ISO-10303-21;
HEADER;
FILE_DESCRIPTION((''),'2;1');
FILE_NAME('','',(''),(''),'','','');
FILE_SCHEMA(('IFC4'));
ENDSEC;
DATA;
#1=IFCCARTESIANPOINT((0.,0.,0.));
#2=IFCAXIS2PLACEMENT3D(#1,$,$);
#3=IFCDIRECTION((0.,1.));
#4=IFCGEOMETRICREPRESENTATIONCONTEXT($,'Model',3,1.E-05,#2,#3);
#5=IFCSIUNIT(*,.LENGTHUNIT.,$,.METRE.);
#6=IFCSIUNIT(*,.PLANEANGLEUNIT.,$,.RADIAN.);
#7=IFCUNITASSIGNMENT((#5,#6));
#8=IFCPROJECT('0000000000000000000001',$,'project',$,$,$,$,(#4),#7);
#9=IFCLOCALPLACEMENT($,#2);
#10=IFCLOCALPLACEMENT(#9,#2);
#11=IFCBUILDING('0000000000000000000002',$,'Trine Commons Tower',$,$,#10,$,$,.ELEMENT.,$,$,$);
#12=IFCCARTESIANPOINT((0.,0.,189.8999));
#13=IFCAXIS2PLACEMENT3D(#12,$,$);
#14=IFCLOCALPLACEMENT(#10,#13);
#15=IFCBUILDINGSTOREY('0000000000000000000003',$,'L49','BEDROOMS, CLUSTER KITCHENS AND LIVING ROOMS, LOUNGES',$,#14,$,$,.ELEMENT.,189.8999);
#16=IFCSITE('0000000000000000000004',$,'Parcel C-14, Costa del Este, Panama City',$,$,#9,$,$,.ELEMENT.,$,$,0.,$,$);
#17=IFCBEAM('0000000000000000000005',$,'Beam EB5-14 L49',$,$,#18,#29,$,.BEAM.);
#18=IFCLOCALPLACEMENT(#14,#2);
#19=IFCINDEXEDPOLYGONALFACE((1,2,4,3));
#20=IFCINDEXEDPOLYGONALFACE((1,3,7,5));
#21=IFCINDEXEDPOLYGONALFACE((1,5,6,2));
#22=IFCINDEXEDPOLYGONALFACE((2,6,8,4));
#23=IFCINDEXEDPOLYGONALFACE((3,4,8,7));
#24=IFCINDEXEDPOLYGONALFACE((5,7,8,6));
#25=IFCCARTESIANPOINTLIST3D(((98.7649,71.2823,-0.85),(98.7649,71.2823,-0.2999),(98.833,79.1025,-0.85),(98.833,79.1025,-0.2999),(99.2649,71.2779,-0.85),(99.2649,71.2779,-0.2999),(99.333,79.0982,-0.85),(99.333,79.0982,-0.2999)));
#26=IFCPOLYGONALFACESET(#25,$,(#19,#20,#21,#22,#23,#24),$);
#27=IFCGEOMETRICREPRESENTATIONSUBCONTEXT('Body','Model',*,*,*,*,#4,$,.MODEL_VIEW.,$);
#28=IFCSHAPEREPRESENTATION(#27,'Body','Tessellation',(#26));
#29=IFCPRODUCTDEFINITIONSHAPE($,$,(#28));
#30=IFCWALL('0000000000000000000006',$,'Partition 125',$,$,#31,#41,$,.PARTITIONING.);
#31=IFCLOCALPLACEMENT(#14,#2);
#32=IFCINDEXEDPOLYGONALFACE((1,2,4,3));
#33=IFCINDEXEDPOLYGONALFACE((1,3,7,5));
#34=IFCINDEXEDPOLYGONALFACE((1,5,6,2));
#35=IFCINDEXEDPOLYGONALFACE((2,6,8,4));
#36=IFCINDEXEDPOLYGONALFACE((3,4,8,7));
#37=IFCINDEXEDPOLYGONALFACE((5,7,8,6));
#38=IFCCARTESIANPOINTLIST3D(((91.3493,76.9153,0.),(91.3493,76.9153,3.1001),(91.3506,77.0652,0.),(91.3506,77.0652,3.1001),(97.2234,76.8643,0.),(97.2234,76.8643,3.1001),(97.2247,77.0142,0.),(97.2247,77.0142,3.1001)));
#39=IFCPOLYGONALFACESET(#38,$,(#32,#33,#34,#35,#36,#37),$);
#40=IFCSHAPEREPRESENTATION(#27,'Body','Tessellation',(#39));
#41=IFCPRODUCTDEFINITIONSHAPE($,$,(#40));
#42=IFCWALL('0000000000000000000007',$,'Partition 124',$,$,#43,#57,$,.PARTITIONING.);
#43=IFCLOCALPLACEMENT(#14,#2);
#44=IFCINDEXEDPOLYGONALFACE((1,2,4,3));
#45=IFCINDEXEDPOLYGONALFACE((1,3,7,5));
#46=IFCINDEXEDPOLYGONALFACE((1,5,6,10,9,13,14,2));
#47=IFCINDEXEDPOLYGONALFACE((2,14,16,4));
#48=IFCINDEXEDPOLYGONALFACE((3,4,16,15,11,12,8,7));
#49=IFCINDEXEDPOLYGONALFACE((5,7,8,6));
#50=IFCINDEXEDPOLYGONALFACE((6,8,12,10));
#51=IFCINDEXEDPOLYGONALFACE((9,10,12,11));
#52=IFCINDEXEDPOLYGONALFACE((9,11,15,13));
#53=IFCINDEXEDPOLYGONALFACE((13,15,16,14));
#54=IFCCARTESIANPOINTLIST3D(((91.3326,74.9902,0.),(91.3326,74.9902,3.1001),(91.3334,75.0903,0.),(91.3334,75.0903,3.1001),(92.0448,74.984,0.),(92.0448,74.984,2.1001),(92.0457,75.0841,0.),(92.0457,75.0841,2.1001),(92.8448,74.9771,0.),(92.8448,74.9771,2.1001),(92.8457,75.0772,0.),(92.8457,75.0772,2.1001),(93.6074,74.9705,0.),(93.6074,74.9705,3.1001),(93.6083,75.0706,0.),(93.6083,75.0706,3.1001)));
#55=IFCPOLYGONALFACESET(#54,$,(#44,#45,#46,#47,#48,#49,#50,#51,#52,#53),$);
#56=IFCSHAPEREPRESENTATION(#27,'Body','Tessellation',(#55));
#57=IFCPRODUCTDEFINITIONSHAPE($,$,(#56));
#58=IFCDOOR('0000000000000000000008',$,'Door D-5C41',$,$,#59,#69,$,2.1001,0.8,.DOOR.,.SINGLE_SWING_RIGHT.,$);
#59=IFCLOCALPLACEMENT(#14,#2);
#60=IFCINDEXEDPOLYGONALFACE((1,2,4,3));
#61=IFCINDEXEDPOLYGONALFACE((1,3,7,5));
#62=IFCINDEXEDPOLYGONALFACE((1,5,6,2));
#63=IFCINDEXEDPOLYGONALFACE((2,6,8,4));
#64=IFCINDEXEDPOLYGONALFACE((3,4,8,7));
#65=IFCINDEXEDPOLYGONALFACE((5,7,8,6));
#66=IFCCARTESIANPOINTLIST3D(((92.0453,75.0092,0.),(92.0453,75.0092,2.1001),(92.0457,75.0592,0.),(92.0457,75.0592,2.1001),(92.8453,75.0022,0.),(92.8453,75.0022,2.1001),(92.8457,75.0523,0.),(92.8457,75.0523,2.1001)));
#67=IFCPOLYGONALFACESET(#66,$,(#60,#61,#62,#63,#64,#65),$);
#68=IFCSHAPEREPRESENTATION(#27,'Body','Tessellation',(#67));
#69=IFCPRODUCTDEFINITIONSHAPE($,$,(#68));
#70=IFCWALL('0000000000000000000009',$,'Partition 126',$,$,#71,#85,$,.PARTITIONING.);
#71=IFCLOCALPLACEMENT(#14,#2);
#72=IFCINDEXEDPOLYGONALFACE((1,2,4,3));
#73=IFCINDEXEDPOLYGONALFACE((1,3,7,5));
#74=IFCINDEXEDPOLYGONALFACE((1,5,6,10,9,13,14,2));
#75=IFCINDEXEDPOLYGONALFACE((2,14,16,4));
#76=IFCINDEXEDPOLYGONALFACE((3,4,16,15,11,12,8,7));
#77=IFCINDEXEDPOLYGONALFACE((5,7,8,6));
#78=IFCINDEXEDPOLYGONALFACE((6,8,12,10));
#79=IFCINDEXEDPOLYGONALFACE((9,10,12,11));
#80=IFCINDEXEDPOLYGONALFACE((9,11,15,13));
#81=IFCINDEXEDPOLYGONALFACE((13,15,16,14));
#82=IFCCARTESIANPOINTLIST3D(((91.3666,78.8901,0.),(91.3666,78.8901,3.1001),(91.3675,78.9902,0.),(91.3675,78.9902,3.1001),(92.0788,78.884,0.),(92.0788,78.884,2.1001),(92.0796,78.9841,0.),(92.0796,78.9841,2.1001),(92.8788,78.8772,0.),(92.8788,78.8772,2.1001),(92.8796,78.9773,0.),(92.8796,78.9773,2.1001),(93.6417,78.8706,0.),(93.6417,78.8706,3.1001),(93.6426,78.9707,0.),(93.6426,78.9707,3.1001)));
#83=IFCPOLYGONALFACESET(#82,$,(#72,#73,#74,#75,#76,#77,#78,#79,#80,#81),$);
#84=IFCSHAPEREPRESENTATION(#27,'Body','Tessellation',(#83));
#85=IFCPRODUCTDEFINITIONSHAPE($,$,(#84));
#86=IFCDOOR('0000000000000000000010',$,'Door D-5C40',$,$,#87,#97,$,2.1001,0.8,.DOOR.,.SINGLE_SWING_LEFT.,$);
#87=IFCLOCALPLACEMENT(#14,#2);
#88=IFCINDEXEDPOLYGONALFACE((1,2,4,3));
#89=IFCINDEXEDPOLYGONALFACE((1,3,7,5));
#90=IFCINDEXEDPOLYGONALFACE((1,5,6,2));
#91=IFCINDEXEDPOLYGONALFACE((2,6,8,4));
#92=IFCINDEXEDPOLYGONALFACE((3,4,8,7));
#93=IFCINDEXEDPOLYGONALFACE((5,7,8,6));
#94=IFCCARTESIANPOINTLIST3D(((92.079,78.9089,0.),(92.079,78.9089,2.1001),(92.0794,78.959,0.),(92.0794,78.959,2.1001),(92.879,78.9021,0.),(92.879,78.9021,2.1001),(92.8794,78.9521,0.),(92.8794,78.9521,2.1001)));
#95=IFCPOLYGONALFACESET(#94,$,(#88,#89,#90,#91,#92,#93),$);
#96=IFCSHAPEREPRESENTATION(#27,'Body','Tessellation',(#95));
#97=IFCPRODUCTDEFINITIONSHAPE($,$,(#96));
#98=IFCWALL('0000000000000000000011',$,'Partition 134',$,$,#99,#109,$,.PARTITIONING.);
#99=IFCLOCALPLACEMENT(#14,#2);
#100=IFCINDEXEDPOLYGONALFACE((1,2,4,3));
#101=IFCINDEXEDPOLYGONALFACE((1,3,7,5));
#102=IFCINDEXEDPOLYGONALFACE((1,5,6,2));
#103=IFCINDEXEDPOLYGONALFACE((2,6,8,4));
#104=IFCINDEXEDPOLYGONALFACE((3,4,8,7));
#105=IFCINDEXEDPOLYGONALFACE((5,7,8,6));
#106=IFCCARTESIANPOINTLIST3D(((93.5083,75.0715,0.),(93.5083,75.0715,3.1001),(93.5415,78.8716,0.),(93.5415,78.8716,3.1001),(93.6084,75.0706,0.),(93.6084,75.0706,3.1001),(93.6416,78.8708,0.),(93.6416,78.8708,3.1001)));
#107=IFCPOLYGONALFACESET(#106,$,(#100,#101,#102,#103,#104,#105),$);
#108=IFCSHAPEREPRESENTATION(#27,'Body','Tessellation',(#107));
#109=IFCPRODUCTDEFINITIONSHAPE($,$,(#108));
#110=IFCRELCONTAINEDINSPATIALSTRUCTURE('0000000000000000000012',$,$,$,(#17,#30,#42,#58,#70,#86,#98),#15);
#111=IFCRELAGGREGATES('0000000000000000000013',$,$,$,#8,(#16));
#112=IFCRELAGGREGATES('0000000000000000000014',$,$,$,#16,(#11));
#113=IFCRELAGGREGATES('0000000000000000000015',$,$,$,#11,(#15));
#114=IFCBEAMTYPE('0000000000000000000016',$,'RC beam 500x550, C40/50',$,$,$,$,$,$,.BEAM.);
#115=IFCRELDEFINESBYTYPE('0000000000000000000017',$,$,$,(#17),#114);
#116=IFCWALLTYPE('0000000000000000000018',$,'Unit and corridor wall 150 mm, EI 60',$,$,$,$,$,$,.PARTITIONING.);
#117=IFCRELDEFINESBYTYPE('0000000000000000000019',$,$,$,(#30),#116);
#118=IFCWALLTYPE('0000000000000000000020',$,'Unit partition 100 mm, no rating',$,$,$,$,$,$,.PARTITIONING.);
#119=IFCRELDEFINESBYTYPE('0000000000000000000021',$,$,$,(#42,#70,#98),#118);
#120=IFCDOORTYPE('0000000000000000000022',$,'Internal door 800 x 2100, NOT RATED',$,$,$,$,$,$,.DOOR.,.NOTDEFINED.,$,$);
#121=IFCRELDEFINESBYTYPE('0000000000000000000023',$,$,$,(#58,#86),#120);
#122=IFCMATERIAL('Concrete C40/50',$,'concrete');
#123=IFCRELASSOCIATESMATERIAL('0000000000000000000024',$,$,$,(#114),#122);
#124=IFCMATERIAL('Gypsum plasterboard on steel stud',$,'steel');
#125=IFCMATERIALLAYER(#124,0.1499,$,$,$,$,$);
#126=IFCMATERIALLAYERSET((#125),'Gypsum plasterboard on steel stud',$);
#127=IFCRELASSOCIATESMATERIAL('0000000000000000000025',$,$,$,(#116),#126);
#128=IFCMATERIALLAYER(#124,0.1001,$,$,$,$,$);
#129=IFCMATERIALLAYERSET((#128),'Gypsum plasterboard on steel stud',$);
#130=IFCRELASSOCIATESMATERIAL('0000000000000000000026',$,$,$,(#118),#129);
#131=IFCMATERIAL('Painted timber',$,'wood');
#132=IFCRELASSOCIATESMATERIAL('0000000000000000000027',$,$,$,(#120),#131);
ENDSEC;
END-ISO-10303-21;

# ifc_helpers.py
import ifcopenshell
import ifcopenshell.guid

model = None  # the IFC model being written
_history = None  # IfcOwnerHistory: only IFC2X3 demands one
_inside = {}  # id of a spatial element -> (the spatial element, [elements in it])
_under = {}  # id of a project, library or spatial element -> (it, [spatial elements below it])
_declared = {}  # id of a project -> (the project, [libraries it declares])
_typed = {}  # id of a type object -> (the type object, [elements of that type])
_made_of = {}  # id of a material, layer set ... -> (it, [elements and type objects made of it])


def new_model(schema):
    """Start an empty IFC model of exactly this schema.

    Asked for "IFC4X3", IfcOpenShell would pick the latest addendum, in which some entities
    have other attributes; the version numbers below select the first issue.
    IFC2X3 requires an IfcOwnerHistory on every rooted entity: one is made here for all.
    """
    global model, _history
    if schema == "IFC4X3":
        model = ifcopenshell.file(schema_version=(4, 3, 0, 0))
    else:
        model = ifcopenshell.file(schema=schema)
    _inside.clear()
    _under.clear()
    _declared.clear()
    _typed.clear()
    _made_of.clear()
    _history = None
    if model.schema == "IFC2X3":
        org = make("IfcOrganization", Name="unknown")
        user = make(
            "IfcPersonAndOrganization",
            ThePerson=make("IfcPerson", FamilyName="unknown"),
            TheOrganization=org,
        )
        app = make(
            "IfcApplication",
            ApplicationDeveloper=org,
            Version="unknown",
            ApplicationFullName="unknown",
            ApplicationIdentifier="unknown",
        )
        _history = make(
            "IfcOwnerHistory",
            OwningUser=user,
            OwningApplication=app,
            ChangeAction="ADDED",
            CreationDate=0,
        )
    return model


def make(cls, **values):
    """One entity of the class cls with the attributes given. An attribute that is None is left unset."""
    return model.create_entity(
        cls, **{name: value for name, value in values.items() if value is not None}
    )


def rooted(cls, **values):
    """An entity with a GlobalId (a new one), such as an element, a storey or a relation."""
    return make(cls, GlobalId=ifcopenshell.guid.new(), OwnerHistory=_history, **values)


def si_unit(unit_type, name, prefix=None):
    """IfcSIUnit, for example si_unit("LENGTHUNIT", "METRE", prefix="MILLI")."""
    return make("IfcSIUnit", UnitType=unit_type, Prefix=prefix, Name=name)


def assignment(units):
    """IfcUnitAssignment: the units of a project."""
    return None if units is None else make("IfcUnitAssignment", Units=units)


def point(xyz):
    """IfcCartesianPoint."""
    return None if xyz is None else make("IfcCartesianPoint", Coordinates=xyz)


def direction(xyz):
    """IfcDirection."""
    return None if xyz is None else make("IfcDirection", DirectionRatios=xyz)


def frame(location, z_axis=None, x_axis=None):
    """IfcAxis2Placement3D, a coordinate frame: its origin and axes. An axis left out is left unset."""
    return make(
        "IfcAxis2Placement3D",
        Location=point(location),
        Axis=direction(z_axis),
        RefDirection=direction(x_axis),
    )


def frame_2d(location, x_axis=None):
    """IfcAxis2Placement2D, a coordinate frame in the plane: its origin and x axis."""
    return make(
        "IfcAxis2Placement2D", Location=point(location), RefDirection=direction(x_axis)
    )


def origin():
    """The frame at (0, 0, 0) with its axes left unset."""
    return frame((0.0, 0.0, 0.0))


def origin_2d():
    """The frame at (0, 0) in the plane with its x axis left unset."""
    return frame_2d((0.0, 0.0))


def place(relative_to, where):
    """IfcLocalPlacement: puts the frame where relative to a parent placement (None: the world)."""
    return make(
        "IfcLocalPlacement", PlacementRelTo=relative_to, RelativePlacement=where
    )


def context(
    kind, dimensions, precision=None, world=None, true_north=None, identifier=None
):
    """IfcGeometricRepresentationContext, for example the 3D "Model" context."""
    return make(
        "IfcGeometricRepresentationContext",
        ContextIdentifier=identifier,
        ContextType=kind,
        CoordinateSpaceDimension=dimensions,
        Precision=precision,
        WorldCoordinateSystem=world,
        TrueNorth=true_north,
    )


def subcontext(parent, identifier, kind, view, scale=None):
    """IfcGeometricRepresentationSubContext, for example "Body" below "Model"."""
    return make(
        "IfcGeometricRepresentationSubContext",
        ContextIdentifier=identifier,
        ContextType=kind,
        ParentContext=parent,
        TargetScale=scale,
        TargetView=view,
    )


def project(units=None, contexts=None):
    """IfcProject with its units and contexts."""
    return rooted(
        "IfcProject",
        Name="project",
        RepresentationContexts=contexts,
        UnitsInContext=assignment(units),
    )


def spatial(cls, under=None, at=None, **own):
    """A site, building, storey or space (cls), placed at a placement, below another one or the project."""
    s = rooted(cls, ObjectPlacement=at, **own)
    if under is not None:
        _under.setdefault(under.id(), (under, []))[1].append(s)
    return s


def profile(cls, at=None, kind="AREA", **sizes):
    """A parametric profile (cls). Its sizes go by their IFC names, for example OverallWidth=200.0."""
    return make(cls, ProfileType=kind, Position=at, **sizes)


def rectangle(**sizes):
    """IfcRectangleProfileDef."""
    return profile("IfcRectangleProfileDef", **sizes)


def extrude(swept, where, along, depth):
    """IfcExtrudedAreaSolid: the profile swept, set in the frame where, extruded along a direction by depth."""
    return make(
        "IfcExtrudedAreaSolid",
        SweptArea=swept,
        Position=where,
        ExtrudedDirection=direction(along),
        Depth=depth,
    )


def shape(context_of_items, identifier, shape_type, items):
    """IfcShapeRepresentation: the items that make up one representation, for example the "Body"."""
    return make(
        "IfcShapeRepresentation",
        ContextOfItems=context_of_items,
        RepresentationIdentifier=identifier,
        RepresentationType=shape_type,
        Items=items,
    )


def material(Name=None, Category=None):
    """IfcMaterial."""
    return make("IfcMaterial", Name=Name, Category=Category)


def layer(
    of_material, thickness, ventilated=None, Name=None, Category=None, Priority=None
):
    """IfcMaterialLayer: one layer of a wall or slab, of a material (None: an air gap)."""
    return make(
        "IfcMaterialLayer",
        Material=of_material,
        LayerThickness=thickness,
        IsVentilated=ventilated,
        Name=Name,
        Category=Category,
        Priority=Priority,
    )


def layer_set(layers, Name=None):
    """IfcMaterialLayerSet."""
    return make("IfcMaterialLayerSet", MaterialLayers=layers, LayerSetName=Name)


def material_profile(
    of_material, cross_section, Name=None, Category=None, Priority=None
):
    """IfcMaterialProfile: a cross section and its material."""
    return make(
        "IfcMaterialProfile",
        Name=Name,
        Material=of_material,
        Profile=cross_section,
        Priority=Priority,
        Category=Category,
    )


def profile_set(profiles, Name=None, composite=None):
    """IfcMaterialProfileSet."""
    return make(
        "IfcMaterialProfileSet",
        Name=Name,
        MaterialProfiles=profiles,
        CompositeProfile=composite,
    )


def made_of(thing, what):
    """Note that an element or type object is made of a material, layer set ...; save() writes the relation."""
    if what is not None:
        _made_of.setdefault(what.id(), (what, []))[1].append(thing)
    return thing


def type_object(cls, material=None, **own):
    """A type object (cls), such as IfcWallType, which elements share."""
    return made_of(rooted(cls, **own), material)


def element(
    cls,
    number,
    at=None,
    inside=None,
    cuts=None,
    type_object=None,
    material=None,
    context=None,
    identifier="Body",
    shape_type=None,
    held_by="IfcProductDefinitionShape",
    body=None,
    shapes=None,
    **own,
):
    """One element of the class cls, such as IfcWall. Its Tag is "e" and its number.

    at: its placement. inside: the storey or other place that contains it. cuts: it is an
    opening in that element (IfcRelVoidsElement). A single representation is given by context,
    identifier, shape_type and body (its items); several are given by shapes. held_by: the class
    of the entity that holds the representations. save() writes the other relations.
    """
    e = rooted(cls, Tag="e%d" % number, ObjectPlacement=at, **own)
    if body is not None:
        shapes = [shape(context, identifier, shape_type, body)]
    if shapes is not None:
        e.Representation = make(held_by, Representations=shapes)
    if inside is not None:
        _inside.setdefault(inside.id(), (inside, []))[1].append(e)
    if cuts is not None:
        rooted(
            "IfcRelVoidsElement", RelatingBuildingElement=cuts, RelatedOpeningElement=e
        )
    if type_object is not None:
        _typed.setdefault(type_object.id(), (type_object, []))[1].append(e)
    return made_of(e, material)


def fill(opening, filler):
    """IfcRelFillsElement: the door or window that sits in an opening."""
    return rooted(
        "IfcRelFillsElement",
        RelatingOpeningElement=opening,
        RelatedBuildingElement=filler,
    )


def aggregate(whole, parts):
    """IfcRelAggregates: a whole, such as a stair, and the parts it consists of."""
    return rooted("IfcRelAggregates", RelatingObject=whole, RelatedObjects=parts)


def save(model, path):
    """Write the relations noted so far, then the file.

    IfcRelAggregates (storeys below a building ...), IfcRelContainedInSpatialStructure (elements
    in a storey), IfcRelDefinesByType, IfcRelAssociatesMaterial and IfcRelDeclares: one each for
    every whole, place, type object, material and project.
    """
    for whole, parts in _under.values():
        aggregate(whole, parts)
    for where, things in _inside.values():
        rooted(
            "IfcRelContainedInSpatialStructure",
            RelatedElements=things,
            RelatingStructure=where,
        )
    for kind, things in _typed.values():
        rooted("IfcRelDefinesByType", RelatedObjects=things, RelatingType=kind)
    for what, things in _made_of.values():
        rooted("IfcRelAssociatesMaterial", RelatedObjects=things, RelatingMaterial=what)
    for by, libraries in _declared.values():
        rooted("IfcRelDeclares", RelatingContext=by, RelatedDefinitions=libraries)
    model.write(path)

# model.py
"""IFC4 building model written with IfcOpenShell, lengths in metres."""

from ifc_helpers import new_model, si_unit, direction, frame, frame_2d, origin, origin_2d, place, context, subcontext, project, spatial, rectangle, extrude, material, layer, layer_set, material_profile, profile_set, type_object, element, fill, save


model = new_model("IFC4")

# Units and contexts
model_context = context("Model", 3, precision=1e-05, world=origin(), true_north=direction((0.0, 1.0)))
body_context = subcontext(model_context, "Body", "Model", "MODEL_VIEW")
ifc_project = project(units=[si_unit("LENGTHUNIT", "METRE"), si_unit("PLANEANGLEUNIT", "RADIAN")], contexts=[model_context])

# Site, building, storey
site_placement = place(None, origin())
site = spatial("IfcSite", under=ifc_project, at=site_placement, Name="Parcel C-14, Costa del Este, Panama City", CompositionType="ELEMENT", RefElevation=0.0)
building_placement = place(site_placement, origin())
building = spatial("IfcBuilding", under=site, at=building_placement, Name="Trine Commons Tower", CompositionType="ELEMENT")
storey_placement = place(building_placement, frame((0.0, 0.0, 189.8999)))
storey = spatial("IfcBuildingStorey", under=building, at=storey_placement, Name="L49", Description="BEDROOMS, CLUSTER KITCHENS AND LIVING ROOMS, LOUNGES", CompositionType="ELEMENT", Elevation=189.8999)

# Beam
ifc_material_1 = material(Name="Concrete C40/50", Category="concrete")
ifc_material_profile = material_profile(ifc_material_1, rectangle(XDim=0.5, YDim=0.55, at=origin_2d()), Name="RC 500x550")
ifc_profile_set = profile_set([ifc_material_profile], Name="Concrete C40/50")
beam_type = type_object("IfcBeamType", Name="RC beam 500x550, C40/50", PredefinedType="BEAM", material=ifc_profile_set)
beam_placement = place(storey_placement, frame((99.083, 79.1003, -0.575), z_axis=(-0.00871, -0.999962, 0.0), x_axis=(0.999962, -0.00871, 0.0)))
element("IfcBeam", 1, at=beam_placement, inside=storey, type_object=beam_type, Name="Beam EB5-14 L49", PredefinedType="BEAM", context=body_context, shape_type="SweptSolid", body=[
    extrude(rectangle(XDim=0.5, YDim=0.55, at=origin_2d()), origin(), (0.0, 0.0, 1.0), 7.8206),
])

# Wall
ifc_material_2 = material(Name="Gypsum plasterboard on steel stud", Category="steel")
ifc_layer_1 = layer(ifc_material_2, 0.1499)
ifc_layer_set_1 = layer_set([ifc_layer_1], Name="Gypsum plasterboard on steel stud")
wall_type_1 = type_object("IfcWallType", Name="Unit and corridor wall 150 mm, EI 60", PredefinedType="PARTITIONING", material=ifc_layer_set_1)
wall_1_placement = place(storey_placement, frame((91.3501, 76.9902, 0.0), z_axis=(0.0, 0.0, 1.0), x_axis=(0.999962, -0.008686, 0.0)))
element("IfcWall", 2, at=wall_1_placement, inside=storey, type_object=wall_type_1, Name="Partition 125", PredefinedType="PARTITIONING", context=body_context, shape_type="SweptSolid", body=[
    extrude(rectangle(XDim=5.8743, YDim=0.1499, at=frame_2d((2.937, 0.0))), origin(), (0.0, 0.0, 1.0), 3.1001),
])

# Walls, openings, doors
ifc_layer_2 = layer(ifc_material_2, 0.1001)
ifc_layer_set_2 = layer_set([ifc_layer_2], Name="Gypsum plasterboard on steel stud")
wall_type_2 = type_object("IfcWallType", Name="Unit partition 100 mm, no rating", PredefinedType="PARTITIONING", material=ifc_layer_set_2)
wall_2_placement = place(storey_placement, frame((91.333, 75.0403, 0.0), z_axis=(0.0, 0.0, 1.0), x_axis=(0.999962, -0.008693, 0.0)))
wall_2 = element("IfcWall", 3, at=wall_2_placement, inside=storey, type_object=wall_type_2, Name="Partition 124", PredefinedType="PARTITIONING", context=body_context, shape_type="SweptSolid", body=[
    extrude(rectangle(XDim=2.2749, YDim=0.1001, at=frame_2d((1.1375, 0.0))), origin(), (0.0, 0.0, 1.0), 3.1001),
])
opening_1_placement = place(wall_2_placement, frame((0.7124, 0.0, 0.0)))
opening_1 = element("IfcOpeningElement", 4, at=opening_1_placement, cuts=wall_2, PredefinedType="OPENING", context=body_context, shape_type="SweptSolid", body=[
    extrude(rectangle(XDim=0.8, YDim=2.1001, at=frame_2d((0.3999, 1.05))), frame((0.0, 0.0601, 0.0), z_axis=(0.0, -1.0, 0.0), x_axis=(1.0, 0.0, 0.0)), (0.0, 0.0, 1.0), 0.1201),
])
ifc_material_3 = material(Name="Painted timber", Category="wood")
door_type = type_object("IfcDoorType", Name="Internal door 800 x 2100, NOT RATED", OperationType="NOTDEFINED", PredefinedType="DOOR", material=ifc_material_3)
door_1_placement = place(opening_1_placement, frame((0.8, 0.0, 0.0), z_axis=(0.0, 0.0, 1.0), x_axis=(-1.0, 0.0, 0.0)))
door_1 = element("IfcDoor", 5, at=door_1_placement, inside=storey, type_object=door_type, Name="Door D-5C41", OperationType="SINGLE_SWING_RIGHT", OverallHeight=2.1001, OverallWidth=0.8, PredefinedType="DOOR", context=body_context, shape_type="SweptSolid", body=[
    extrude(rectangle(XDim=0.8, YDim=2.1001, at=frame_2d((0.3999, 1.05))), frame((0.0, 0.0249, 0.0), z_axis=(0.0, -1.0, 0.0), x_axis=(1.0, 0.0, 0.0)), (0.0, 0.0, 1.0), 0.05),
])
fill(opening_1, door_1)
wall_3_placement = place(storey_placement, frame((91.3669, 78.9402, 0.0), z_axis=(0.0, 0.0, 1.0), x_axis=(0.999963, -0.008584, 0.0)))
wall_3 = element("IfcWall", 6, at=wall_3_placement, inside=storey, type_object=wall_type_2, Name="Partition 126", PredefinedType="PARTITIONING", context=body_context, shape_type="SweptSolid", body=[
    extrude(rectangle(XDim=2.2751, YDim=0.1001, at=frame_2d((1.1377, 0.0))), origin(), (0.0, 0.0, 1.0), 3.1001),
])
opening_2_placement = place(wall_3_placement, frame((0.7124, 0.0, 0.0)))
opening_2 = element("IfcOpeningElement", 7, at=opening_2_placement, cuts=wall_3, PredefinedType="OPENING", context=body_context, shape_type="SweptSolid", body=[
    extrude(rectangle(XDim=0.8, YDim=2.1001, at=frame_2d((0.3999, 1.05))), frame((0.0, 0.0601, 0.0), z_axis=(0.0, -1.0, 0.0), x_axis=(1.0, 0.0, 0.0)), (0.0, 0.0, 1.0), 0.1201),
])
door_2_placement = place(opening_2_placement, origin())
door_2 = element("IfcDoor", 8, at=door_2_placement, inside=storey, type_object=door_type, Name="Door D-5C40", OperationType="SINGLE_SWING_LEFT", OverallHeight=2.1001, OverallWidth=0.8, PredefinedType="DOOR", context=body_context, shape_type="SweptSolid", body=[
    extrude(rectangle(XDim=0.8, YDim=2.1001, at=frame_2d((0.3999, 1.05))), frame((0.0, 0.0249, 0.0), z_axis=(0.0, -1.0, 0.0), x_axis=(1.0, 0.0, 0.0)), (0.0, 0.0, 1.0), 0.05),
])
fill(opening_2, door_2)

# Wall
wall_4_placement = place(storey_placement, frame((93.5583, 75.071, 0.0), z_axis=(0.0, 0.0, 1.0), x_axis=(0.008737, 0.999962, 0.0)))
element("IfcWall", 9, at=wall_4_placement, inside=storey, type_object=wall_type_2, Name="Partition 134", PredefinedType="PARTITIONING", context=body_context, shape_type="SweptSolid", body=[
    extrude(rectangle(XDim=3.8003, YDim=0.1001, at=frame_2d((1.9001, 0.0))), origin(), (0.0, 0.0, 1.0), 3.1001),
])

save(model, "model.ifc")
